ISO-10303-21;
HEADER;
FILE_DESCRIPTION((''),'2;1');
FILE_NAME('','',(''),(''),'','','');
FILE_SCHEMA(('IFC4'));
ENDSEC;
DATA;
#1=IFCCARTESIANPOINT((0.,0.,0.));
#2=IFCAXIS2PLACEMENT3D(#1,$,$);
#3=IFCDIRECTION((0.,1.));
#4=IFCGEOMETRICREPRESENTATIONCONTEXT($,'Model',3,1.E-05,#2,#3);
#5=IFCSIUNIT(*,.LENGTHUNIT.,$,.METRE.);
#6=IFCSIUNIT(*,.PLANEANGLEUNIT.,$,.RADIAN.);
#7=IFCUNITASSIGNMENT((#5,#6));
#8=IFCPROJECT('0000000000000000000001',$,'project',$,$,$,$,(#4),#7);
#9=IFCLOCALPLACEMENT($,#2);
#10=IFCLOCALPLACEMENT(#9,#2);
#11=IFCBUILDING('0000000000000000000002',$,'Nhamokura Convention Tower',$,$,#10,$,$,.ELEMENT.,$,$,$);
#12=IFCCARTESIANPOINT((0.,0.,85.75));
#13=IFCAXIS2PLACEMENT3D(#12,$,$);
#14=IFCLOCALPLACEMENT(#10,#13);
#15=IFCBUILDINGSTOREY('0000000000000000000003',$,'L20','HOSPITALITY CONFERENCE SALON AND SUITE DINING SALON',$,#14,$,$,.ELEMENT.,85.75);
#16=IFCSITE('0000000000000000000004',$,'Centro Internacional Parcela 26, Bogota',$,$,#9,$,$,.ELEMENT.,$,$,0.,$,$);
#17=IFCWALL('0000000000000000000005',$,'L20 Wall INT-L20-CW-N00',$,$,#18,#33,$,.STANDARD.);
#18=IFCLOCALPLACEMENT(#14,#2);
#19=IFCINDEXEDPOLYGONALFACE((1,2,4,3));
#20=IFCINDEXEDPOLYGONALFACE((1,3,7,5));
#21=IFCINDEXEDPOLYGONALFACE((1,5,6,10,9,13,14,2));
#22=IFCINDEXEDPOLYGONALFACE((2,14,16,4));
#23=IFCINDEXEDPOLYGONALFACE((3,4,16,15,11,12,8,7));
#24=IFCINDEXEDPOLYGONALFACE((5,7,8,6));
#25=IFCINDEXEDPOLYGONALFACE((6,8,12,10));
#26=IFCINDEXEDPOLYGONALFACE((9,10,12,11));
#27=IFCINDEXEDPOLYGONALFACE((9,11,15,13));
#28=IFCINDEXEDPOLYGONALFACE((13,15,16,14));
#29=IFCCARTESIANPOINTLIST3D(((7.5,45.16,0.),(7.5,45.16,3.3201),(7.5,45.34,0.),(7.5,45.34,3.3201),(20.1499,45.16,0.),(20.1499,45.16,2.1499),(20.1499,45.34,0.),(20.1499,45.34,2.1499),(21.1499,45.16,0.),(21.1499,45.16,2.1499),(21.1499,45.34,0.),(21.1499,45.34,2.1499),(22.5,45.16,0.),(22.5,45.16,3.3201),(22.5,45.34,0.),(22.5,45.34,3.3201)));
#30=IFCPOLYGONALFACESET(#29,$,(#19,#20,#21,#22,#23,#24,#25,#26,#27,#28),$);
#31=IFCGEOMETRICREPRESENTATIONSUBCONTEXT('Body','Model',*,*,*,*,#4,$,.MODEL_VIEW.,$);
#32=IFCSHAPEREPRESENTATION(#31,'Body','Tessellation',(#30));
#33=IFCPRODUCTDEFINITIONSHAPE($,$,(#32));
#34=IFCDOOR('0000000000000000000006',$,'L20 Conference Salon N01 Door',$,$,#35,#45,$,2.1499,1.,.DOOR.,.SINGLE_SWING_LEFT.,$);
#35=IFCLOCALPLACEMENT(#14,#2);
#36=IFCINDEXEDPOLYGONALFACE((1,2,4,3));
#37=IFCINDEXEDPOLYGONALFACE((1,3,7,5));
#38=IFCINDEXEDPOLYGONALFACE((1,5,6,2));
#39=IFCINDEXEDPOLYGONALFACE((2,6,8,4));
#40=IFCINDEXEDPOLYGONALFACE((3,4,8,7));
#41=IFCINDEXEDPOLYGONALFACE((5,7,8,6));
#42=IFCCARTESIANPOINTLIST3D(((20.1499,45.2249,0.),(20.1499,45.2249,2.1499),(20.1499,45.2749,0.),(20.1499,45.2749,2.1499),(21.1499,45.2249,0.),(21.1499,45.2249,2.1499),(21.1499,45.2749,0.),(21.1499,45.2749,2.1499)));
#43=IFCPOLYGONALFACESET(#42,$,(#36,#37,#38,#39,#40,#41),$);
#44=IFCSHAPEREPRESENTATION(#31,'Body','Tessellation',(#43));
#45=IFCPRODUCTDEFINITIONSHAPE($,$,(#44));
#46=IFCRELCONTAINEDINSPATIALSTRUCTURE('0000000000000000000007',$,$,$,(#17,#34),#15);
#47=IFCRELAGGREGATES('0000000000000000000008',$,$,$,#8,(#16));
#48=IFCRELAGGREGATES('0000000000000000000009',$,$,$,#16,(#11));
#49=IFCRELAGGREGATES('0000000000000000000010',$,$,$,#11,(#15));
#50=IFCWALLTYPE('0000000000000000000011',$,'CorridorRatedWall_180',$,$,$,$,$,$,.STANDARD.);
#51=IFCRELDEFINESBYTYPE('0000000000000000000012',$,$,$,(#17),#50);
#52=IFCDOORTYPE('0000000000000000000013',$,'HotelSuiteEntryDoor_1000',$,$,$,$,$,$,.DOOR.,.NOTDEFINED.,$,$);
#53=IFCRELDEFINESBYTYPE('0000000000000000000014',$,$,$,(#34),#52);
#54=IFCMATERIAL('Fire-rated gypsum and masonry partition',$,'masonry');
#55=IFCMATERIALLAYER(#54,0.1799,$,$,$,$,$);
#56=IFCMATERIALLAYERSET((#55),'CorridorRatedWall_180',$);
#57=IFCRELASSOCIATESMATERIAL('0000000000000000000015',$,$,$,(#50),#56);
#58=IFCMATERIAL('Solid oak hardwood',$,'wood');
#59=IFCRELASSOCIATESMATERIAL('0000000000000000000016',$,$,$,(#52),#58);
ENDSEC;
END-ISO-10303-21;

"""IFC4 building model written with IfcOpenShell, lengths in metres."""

from ifc_helpers import new_model, si_unit, direction, frame, frame_2d, origin, place, context, subcontext, project, spatial, rectangle, extrude, material, layer, layer_set, type_object, element, fill, save


model = new_model("IFC4")

# Units and contexts
model_context = context("Model", 3, precision=1e-05, world=origin(), true_north=direction((0.0, 1.0)))
body_context = subcontext(model_context, "Body", "Model", "MODEL_VIEW")
ifc_project = project(units=[si_unit("LENGTHUNIT", "METRE"), si_unit("PLANEANGLEUNIT", "RADIAN")], contexts=[model_context])

# Site, building, storey
site_placement = place(None, origin())
site = spatial("IfcSite", under=ifc_project, at=site_placement, Name="Centro Internacional Parcela 26, Bogota", CompositionType="ELEMENT", RefElevation=0.0)
building_placement = place(site_placement, origin())
building = spatial("IfcBuilding", under=site, at=building_placement, Name="Nhamokura Convention Tower", CompositionType="ELEMENT")
storey_placement = place(building_placement, frame((0.0, 0.0, 85.75)))
storey = spatial("IfcBuildingStorey", under=building, at=storey_placement, Name="L20", Description="HOSPITALITY CONFERENCE SALON AND SUITE DINING SALON", CompositionType="ELEMENT", Elevation=85.75)

# Wall, opening, door
ifc_material_1 = material(Name="Fire-rated gypsum and masonry partition", Category="masonry")
ifc_layer_1 = layer(ifc_material_1, 0.1799)
ifc_layer_set_1 = layer_set([ifc_layer_1], Name="CorridorRatedWall_180")
wall_type_1 = type_object("IfcWallType", Name="CorridorRatedWall_180", PredefinedType="STANDARD", material=ifc_layer_set_1)
wall_1_placement = place(storey_placement, frame((7.5, 45.25, 0.0), z_axis=(0.0, 0.0, 1.0), x_axis=(1.0, 0.0, 0.0)))
wall_1 = element("IfcWall", 1, at=wall_1_placement, inside=storey, type_object=wall_type_1, Name="L20 Wall INT-L20-CW-N00", PredefinedType="STANDARD", context=body_context, shape_type="SweptSolid", body=[
    extrude(rectangle(XDim=15.0, YDim=0.1799, at=frame_2d((7.5, 0.0))), origin(), (0.0, 0.0, 1.0), 3.3201),
])
opening_placement = place(wall_1_placement, frame((12.6499, 0.0, 0.0)))
opening = element("IfcOpeningElement", 2, at=opening_placement, cuts=wall_1, PredefinedType="OPENING", context=body_context, shape_type="SweptSolid", body=[
    extrude(rectangle(XDim=1.0, YDim=2.1499, at=frame_2d((0.5, 1.075))), frame((0.0, 0.0999, 0.0), z_axis=(0.0, -1.0, 0.0), x_axis=(1.0, 0.0, 0.0)), (0.0, 0.0, 1.0), 0.2),
])
ifc_material_2 = material(Name="Solid oak hardwood", Category="wood")
door_type = type_object("IfcDoorType", Name="HotelSuiteEntryDoor_1000", OperationType="NOTDEFINED", PredefinedType="DOOR", material=ifc_material_2)
door_placement = place(opening_placement, origin())
door = element("IfcDoor", 3, at=door_placement, inside=storey, type_object=door_type, Name="L20 Conference Salon N01 Door", OperationType="SINGLE_SWING_LEFT", OverallHeight=2.1499, OverallWidth=1.0, PredefinedType="DOOR", context=body_context, shape_type="SweptSolid", body=[
    extrude(rectangle(XDim=1.0, YDim=2.1499, at=frame_2d((0.5, 1.075))), frame((0.0, 0.0249, 0.0), z_axis=(0.0, -1.0, 0.0), x_axis=(1.0, 0.0, 0.0)), (0.0, 0.0, 1.0), 0.05),
])
fill(opening, door)

save(model, "model.ifc")
